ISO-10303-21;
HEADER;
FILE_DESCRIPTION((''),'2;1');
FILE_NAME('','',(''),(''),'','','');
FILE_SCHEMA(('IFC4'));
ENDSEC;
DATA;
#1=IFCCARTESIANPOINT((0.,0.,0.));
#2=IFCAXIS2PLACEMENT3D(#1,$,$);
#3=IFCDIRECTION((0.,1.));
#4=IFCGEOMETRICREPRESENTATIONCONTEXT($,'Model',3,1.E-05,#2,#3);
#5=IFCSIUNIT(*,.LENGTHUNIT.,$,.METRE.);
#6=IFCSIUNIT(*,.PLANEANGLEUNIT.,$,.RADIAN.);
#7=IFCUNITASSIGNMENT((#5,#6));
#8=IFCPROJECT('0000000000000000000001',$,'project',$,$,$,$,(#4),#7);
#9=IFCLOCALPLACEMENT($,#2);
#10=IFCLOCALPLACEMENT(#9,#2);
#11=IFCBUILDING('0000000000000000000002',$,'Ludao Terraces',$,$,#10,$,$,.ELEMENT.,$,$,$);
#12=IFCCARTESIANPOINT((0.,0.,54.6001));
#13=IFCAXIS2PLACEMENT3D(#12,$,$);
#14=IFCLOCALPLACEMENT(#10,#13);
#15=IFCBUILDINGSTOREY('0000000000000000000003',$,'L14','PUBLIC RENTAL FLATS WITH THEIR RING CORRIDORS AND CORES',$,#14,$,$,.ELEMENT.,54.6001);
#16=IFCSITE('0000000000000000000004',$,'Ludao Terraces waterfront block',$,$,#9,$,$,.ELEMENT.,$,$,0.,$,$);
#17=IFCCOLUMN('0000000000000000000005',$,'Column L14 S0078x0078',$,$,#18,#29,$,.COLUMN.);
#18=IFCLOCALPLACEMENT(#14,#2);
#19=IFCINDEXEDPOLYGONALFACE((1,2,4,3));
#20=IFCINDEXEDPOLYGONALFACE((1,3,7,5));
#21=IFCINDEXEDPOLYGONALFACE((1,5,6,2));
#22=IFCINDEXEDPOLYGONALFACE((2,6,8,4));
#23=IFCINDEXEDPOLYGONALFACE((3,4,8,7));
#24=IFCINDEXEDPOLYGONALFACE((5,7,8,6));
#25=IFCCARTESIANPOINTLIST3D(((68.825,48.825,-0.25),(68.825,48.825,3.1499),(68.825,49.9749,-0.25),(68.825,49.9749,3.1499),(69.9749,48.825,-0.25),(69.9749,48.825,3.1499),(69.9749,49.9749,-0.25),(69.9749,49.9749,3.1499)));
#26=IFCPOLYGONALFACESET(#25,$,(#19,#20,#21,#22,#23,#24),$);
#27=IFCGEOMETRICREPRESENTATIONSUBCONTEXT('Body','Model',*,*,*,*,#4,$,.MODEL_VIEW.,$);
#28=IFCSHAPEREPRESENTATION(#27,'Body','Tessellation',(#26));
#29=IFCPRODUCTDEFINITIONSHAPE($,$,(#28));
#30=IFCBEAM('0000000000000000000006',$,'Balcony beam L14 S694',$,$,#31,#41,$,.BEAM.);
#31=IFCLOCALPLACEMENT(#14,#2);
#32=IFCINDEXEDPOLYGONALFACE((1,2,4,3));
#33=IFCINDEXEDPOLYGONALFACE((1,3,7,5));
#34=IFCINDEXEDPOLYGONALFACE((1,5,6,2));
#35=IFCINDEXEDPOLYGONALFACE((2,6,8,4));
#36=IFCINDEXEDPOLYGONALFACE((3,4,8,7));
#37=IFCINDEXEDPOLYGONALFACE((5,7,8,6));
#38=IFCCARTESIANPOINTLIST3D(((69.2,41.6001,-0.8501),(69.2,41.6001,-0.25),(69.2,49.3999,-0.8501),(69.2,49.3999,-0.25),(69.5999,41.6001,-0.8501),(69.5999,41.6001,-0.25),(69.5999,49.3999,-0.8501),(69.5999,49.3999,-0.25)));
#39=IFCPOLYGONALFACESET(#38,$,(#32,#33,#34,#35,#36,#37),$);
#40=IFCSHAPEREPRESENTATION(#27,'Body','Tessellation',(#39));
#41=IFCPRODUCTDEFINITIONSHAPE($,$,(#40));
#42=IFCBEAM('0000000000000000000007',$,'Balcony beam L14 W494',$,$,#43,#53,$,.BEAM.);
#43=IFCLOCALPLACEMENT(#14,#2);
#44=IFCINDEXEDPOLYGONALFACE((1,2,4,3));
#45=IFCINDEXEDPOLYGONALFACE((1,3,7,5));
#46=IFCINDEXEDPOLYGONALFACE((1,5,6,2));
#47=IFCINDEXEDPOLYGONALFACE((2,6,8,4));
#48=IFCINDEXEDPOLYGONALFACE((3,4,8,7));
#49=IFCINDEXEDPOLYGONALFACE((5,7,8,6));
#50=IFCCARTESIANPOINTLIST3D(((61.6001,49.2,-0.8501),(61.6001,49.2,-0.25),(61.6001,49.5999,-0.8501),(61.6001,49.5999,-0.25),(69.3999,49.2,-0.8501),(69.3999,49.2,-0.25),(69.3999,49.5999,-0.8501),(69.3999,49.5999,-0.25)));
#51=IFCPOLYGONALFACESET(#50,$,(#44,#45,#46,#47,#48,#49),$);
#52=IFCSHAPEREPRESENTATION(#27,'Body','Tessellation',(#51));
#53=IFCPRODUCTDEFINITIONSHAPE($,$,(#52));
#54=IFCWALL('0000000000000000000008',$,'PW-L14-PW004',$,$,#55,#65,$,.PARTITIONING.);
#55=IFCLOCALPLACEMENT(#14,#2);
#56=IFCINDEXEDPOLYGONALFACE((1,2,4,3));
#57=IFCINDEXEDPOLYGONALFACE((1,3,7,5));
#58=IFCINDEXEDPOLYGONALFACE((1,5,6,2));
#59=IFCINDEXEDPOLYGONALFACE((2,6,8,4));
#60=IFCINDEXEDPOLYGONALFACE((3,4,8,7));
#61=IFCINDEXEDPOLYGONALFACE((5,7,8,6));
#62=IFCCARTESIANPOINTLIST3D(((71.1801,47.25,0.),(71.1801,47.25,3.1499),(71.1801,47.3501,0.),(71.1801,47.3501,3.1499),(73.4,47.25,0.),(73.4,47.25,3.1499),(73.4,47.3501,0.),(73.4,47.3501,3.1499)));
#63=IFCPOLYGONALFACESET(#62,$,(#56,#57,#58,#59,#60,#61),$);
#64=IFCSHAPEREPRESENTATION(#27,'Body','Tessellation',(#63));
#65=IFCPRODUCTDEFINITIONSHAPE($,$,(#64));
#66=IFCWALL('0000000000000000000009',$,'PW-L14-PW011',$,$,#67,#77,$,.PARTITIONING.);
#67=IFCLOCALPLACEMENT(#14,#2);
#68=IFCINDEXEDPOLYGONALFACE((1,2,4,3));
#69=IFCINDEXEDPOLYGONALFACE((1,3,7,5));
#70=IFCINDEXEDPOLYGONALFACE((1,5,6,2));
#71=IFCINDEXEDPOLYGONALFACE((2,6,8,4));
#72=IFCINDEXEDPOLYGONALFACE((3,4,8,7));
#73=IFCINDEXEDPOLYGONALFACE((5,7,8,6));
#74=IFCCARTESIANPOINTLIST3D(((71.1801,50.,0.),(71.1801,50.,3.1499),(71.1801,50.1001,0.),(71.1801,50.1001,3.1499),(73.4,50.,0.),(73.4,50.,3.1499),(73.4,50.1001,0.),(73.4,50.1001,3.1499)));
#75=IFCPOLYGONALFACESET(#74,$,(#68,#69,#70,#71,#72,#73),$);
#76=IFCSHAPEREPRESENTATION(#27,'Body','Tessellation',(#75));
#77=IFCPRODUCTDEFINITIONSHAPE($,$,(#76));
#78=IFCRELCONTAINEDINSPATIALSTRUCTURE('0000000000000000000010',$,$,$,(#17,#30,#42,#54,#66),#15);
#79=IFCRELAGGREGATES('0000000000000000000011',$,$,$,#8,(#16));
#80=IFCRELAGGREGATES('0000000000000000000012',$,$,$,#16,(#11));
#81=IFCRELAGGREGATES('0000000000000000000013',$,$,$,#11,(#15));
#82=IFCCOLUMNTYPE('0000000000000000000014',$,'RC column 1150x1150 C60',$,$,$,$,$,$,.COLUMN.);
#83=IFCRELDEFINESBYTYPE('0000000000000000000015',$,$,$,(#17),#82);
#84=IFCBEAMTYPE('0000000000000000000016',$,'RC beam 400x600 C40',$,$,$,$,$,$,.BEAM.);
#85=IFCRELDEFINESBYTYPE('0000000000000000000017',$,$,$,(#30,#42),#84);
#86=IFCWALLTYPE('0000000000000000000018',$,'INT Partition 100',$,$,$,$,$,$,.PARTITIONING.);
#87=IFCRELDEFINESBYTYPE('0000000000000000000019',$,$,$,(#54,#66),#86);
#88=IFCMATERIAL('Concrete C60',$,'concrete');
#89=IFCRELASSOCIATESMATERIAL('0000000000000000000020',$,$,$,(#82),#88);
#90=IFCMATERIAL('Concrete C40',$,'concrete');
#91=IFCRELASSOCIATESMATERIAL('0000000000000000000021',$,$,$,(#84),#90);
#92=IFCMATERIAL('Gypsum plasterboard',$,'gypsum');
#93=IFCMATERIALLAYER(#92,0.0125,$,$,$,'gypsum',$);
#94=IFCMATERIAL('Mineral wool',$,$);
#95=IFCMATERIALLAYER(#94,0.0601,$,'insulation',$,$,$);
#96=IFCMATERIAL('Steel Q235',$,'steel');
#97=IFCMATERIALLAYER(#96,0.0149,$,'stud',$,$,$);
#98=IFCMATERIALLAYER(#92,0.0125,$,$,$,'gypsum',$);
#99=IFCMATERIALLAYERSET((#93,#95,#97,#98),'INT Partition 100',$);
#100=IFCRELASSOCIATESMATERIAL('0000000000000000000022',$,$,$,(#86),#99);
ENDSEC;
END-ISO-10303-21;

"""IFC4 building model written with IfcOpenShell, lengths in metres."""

from ifc_helpers import new_model, si_unit, direction, frame, frame_2d, origin, origin_2d, place, context, subcontext, project, spatial, rectangle, extrude, material, layer, layer_set, material_profile, profile_set, type_object, element, save


model = new_model("IFC4")

# Units and contexts
model_context = context("Model", 3, precision=1e-05, world=origin(), true_north=direction((0.0, 1.0)))
body_context = subcontext(model_context, "Body", "Model", "MODEL_VIEW")
ifc_project = project(units=[si_unit("LENGTHUNIT", "METRE"), si_unit("PLANEANGLEUNIT", "RADIAN")], contexts=[model_context])

# Site, building, storey
site_placement = place(None, origin())
site = spatial("IfcSite", under=ifc_project, at=site_placement, Name="Ludao Terraces waterfront block", CompositionType="ELEMENT", RefElevation=0.0)
building_placement = place(site_placement, origin())
building = spatial("IfcBuilding", under=site, at=building_placement, Name="Ludao Terraces", CompositionType="ELEMENT")
storey_placement = place(building_placement, frame((0.0, 0.0, 54.6001)))
storey = spatial("IfcBuildingStorey", under=building, at=storey_placement, Name="L14", Description="PUBLIC RENTAL FLATS WITH THEIR RING CORRIDORS AND CORES", CompositionType="ELEMENT", Elevation=54.6001)

# Column
ifc_material_1 = material(Name="Concrete C60", Category="concrete")
ifc_material_profile_1 = material_profile(ifc_material_1, rectangle(XDim=1.1499, YDim=1.1499, at=origin_2d()), Name="1150 X 1150")
ifc_profile_set_1 = profile_set([ifc_material_profile_1], Name="Concrete C60")
column_type = type_object("IfcColumnType", Name="RC column 1150x1150 C60", PredefinedType="COLUMN", material=ifc_profile_set_1)
column_placement = place(storey_placement, frame((69.3999, 49.3999, -0.25), z_axis=(0.0, 0.0, 1.0), x_axis=(1.0, 0.0, 0.0)))
element("IfcColumn", 1, at=column_placement, inside=storey, type_object=column_type, Name="Column L14 S0078x0078", PredefinedType="COLUMN", context=body_context, shape_type="SweptSolid", body=[
    extrude(rectangle(XDim=1.1499, YDim=1.1499, at=origin_2d()), origin(), (0.0, 0.0, 1.0), 3.3999),
])

# Beams
ifc_material_2 = material(Name="Concrete C40", Category="concrete")
ifc_material_profile_2 = material_profile(ifc_material_2, rectangle(XDim=0.3999, YDim=0.6001, at=origin_2d()), Name="400 X 600")
ifc_profile_set_2 = profile_set([ifc_material_profile_2], Name="Concrete C40")
beam_type = type_object("IfcBeamType", Name="RC beam 400x600 C40", PredefinedType="BEAM", material=ifc_profile_set_2)
for number, where, z_axis, x_axis, name in (
    (2, (69.3999, 49.3999, -0.55), (0.0, -1.0, 0.0), (1.0, 0.0, 0.0), "Balcony beam L14 S694"),
    (3, (69.3999, 49.3999, -0.55), (-1.0, 0.0, 0.0), (0.0, -1.0, 0.0), "Balcony beam L14 W494"),
):
    element("IfcBeam", number, at=place(storey_placement, frame(where, z_axis=z_axis, x_axis=x_axis)), inside=storey, type_object=beam_type, Name=name, PredefinedType="BEAM", context=body_context, shape_type="SweptSolid", body=[
        extrude(rectangle(XDim=0.3999, YDim=0.6001, at=origin_2d()), origin(), (0.0, 0.0, 1.0), 7.7998),
    ])

# Walls
ifc_material_3 = material(Name="Gypsum plasterboard", Category="gypsum")
ifc_layer_1 = layer(ifc_material_3, 0.0125, Category="gypsum")
ifc_material_4 = material(Name="Mineral wool")
ifc_layer_2 = layer(ifc_material_4, 0.0601, Name="insulation")
ifc_material_5 = material(Name="Steel Q235", Category="steel")
ifc_layer_3 = layer(ifc_material_5, 0.0149, Name="stud")
ifc_layer_4 = layer(ifc_material_3, 0.0125, Category="gypsum")
ifc_layer_set = layer_set([ifc_layer_1, ifc_layer_2, ifc_layer_3, ifc_layer_4], Name="INT Partition 100")
wall_type = type_object("IfcWallType", Name="INT Partition 100", PredefinedType="PARTITIONING", material=ifc_layer_set)
for number, where, z_axis, x_axis, name in (
    (4, (71.1802, 47.3, 0.0), (0.0, 0.0, 1.0), (1.0, 0.0, 0.0), "PW-L14-PW004"),
    (5, (71.1802, 50.05, 0.0), (0.0, 0.0, 1.0), (1.0, 0.0, 0.0), "PW-L14-PW011"),
):
    element("IfcWall", number, at=place(storey_placement, frame(where, z_axis=z_axis, x_axis=x_axis)), inside=storey, type_object=wall_type, Name=name, PredefinedType="PARTITIONING", context=body_context, shape_type="SweptSolid", body=[
        extrude(rectangle(XDim=2.22, YDim=0.1001, at=frame_2d((1.1099, 0.0))), origin(), (0.0, 0.0, 1.0), 3.1499),
    ])

save(model, "model.ifc")
